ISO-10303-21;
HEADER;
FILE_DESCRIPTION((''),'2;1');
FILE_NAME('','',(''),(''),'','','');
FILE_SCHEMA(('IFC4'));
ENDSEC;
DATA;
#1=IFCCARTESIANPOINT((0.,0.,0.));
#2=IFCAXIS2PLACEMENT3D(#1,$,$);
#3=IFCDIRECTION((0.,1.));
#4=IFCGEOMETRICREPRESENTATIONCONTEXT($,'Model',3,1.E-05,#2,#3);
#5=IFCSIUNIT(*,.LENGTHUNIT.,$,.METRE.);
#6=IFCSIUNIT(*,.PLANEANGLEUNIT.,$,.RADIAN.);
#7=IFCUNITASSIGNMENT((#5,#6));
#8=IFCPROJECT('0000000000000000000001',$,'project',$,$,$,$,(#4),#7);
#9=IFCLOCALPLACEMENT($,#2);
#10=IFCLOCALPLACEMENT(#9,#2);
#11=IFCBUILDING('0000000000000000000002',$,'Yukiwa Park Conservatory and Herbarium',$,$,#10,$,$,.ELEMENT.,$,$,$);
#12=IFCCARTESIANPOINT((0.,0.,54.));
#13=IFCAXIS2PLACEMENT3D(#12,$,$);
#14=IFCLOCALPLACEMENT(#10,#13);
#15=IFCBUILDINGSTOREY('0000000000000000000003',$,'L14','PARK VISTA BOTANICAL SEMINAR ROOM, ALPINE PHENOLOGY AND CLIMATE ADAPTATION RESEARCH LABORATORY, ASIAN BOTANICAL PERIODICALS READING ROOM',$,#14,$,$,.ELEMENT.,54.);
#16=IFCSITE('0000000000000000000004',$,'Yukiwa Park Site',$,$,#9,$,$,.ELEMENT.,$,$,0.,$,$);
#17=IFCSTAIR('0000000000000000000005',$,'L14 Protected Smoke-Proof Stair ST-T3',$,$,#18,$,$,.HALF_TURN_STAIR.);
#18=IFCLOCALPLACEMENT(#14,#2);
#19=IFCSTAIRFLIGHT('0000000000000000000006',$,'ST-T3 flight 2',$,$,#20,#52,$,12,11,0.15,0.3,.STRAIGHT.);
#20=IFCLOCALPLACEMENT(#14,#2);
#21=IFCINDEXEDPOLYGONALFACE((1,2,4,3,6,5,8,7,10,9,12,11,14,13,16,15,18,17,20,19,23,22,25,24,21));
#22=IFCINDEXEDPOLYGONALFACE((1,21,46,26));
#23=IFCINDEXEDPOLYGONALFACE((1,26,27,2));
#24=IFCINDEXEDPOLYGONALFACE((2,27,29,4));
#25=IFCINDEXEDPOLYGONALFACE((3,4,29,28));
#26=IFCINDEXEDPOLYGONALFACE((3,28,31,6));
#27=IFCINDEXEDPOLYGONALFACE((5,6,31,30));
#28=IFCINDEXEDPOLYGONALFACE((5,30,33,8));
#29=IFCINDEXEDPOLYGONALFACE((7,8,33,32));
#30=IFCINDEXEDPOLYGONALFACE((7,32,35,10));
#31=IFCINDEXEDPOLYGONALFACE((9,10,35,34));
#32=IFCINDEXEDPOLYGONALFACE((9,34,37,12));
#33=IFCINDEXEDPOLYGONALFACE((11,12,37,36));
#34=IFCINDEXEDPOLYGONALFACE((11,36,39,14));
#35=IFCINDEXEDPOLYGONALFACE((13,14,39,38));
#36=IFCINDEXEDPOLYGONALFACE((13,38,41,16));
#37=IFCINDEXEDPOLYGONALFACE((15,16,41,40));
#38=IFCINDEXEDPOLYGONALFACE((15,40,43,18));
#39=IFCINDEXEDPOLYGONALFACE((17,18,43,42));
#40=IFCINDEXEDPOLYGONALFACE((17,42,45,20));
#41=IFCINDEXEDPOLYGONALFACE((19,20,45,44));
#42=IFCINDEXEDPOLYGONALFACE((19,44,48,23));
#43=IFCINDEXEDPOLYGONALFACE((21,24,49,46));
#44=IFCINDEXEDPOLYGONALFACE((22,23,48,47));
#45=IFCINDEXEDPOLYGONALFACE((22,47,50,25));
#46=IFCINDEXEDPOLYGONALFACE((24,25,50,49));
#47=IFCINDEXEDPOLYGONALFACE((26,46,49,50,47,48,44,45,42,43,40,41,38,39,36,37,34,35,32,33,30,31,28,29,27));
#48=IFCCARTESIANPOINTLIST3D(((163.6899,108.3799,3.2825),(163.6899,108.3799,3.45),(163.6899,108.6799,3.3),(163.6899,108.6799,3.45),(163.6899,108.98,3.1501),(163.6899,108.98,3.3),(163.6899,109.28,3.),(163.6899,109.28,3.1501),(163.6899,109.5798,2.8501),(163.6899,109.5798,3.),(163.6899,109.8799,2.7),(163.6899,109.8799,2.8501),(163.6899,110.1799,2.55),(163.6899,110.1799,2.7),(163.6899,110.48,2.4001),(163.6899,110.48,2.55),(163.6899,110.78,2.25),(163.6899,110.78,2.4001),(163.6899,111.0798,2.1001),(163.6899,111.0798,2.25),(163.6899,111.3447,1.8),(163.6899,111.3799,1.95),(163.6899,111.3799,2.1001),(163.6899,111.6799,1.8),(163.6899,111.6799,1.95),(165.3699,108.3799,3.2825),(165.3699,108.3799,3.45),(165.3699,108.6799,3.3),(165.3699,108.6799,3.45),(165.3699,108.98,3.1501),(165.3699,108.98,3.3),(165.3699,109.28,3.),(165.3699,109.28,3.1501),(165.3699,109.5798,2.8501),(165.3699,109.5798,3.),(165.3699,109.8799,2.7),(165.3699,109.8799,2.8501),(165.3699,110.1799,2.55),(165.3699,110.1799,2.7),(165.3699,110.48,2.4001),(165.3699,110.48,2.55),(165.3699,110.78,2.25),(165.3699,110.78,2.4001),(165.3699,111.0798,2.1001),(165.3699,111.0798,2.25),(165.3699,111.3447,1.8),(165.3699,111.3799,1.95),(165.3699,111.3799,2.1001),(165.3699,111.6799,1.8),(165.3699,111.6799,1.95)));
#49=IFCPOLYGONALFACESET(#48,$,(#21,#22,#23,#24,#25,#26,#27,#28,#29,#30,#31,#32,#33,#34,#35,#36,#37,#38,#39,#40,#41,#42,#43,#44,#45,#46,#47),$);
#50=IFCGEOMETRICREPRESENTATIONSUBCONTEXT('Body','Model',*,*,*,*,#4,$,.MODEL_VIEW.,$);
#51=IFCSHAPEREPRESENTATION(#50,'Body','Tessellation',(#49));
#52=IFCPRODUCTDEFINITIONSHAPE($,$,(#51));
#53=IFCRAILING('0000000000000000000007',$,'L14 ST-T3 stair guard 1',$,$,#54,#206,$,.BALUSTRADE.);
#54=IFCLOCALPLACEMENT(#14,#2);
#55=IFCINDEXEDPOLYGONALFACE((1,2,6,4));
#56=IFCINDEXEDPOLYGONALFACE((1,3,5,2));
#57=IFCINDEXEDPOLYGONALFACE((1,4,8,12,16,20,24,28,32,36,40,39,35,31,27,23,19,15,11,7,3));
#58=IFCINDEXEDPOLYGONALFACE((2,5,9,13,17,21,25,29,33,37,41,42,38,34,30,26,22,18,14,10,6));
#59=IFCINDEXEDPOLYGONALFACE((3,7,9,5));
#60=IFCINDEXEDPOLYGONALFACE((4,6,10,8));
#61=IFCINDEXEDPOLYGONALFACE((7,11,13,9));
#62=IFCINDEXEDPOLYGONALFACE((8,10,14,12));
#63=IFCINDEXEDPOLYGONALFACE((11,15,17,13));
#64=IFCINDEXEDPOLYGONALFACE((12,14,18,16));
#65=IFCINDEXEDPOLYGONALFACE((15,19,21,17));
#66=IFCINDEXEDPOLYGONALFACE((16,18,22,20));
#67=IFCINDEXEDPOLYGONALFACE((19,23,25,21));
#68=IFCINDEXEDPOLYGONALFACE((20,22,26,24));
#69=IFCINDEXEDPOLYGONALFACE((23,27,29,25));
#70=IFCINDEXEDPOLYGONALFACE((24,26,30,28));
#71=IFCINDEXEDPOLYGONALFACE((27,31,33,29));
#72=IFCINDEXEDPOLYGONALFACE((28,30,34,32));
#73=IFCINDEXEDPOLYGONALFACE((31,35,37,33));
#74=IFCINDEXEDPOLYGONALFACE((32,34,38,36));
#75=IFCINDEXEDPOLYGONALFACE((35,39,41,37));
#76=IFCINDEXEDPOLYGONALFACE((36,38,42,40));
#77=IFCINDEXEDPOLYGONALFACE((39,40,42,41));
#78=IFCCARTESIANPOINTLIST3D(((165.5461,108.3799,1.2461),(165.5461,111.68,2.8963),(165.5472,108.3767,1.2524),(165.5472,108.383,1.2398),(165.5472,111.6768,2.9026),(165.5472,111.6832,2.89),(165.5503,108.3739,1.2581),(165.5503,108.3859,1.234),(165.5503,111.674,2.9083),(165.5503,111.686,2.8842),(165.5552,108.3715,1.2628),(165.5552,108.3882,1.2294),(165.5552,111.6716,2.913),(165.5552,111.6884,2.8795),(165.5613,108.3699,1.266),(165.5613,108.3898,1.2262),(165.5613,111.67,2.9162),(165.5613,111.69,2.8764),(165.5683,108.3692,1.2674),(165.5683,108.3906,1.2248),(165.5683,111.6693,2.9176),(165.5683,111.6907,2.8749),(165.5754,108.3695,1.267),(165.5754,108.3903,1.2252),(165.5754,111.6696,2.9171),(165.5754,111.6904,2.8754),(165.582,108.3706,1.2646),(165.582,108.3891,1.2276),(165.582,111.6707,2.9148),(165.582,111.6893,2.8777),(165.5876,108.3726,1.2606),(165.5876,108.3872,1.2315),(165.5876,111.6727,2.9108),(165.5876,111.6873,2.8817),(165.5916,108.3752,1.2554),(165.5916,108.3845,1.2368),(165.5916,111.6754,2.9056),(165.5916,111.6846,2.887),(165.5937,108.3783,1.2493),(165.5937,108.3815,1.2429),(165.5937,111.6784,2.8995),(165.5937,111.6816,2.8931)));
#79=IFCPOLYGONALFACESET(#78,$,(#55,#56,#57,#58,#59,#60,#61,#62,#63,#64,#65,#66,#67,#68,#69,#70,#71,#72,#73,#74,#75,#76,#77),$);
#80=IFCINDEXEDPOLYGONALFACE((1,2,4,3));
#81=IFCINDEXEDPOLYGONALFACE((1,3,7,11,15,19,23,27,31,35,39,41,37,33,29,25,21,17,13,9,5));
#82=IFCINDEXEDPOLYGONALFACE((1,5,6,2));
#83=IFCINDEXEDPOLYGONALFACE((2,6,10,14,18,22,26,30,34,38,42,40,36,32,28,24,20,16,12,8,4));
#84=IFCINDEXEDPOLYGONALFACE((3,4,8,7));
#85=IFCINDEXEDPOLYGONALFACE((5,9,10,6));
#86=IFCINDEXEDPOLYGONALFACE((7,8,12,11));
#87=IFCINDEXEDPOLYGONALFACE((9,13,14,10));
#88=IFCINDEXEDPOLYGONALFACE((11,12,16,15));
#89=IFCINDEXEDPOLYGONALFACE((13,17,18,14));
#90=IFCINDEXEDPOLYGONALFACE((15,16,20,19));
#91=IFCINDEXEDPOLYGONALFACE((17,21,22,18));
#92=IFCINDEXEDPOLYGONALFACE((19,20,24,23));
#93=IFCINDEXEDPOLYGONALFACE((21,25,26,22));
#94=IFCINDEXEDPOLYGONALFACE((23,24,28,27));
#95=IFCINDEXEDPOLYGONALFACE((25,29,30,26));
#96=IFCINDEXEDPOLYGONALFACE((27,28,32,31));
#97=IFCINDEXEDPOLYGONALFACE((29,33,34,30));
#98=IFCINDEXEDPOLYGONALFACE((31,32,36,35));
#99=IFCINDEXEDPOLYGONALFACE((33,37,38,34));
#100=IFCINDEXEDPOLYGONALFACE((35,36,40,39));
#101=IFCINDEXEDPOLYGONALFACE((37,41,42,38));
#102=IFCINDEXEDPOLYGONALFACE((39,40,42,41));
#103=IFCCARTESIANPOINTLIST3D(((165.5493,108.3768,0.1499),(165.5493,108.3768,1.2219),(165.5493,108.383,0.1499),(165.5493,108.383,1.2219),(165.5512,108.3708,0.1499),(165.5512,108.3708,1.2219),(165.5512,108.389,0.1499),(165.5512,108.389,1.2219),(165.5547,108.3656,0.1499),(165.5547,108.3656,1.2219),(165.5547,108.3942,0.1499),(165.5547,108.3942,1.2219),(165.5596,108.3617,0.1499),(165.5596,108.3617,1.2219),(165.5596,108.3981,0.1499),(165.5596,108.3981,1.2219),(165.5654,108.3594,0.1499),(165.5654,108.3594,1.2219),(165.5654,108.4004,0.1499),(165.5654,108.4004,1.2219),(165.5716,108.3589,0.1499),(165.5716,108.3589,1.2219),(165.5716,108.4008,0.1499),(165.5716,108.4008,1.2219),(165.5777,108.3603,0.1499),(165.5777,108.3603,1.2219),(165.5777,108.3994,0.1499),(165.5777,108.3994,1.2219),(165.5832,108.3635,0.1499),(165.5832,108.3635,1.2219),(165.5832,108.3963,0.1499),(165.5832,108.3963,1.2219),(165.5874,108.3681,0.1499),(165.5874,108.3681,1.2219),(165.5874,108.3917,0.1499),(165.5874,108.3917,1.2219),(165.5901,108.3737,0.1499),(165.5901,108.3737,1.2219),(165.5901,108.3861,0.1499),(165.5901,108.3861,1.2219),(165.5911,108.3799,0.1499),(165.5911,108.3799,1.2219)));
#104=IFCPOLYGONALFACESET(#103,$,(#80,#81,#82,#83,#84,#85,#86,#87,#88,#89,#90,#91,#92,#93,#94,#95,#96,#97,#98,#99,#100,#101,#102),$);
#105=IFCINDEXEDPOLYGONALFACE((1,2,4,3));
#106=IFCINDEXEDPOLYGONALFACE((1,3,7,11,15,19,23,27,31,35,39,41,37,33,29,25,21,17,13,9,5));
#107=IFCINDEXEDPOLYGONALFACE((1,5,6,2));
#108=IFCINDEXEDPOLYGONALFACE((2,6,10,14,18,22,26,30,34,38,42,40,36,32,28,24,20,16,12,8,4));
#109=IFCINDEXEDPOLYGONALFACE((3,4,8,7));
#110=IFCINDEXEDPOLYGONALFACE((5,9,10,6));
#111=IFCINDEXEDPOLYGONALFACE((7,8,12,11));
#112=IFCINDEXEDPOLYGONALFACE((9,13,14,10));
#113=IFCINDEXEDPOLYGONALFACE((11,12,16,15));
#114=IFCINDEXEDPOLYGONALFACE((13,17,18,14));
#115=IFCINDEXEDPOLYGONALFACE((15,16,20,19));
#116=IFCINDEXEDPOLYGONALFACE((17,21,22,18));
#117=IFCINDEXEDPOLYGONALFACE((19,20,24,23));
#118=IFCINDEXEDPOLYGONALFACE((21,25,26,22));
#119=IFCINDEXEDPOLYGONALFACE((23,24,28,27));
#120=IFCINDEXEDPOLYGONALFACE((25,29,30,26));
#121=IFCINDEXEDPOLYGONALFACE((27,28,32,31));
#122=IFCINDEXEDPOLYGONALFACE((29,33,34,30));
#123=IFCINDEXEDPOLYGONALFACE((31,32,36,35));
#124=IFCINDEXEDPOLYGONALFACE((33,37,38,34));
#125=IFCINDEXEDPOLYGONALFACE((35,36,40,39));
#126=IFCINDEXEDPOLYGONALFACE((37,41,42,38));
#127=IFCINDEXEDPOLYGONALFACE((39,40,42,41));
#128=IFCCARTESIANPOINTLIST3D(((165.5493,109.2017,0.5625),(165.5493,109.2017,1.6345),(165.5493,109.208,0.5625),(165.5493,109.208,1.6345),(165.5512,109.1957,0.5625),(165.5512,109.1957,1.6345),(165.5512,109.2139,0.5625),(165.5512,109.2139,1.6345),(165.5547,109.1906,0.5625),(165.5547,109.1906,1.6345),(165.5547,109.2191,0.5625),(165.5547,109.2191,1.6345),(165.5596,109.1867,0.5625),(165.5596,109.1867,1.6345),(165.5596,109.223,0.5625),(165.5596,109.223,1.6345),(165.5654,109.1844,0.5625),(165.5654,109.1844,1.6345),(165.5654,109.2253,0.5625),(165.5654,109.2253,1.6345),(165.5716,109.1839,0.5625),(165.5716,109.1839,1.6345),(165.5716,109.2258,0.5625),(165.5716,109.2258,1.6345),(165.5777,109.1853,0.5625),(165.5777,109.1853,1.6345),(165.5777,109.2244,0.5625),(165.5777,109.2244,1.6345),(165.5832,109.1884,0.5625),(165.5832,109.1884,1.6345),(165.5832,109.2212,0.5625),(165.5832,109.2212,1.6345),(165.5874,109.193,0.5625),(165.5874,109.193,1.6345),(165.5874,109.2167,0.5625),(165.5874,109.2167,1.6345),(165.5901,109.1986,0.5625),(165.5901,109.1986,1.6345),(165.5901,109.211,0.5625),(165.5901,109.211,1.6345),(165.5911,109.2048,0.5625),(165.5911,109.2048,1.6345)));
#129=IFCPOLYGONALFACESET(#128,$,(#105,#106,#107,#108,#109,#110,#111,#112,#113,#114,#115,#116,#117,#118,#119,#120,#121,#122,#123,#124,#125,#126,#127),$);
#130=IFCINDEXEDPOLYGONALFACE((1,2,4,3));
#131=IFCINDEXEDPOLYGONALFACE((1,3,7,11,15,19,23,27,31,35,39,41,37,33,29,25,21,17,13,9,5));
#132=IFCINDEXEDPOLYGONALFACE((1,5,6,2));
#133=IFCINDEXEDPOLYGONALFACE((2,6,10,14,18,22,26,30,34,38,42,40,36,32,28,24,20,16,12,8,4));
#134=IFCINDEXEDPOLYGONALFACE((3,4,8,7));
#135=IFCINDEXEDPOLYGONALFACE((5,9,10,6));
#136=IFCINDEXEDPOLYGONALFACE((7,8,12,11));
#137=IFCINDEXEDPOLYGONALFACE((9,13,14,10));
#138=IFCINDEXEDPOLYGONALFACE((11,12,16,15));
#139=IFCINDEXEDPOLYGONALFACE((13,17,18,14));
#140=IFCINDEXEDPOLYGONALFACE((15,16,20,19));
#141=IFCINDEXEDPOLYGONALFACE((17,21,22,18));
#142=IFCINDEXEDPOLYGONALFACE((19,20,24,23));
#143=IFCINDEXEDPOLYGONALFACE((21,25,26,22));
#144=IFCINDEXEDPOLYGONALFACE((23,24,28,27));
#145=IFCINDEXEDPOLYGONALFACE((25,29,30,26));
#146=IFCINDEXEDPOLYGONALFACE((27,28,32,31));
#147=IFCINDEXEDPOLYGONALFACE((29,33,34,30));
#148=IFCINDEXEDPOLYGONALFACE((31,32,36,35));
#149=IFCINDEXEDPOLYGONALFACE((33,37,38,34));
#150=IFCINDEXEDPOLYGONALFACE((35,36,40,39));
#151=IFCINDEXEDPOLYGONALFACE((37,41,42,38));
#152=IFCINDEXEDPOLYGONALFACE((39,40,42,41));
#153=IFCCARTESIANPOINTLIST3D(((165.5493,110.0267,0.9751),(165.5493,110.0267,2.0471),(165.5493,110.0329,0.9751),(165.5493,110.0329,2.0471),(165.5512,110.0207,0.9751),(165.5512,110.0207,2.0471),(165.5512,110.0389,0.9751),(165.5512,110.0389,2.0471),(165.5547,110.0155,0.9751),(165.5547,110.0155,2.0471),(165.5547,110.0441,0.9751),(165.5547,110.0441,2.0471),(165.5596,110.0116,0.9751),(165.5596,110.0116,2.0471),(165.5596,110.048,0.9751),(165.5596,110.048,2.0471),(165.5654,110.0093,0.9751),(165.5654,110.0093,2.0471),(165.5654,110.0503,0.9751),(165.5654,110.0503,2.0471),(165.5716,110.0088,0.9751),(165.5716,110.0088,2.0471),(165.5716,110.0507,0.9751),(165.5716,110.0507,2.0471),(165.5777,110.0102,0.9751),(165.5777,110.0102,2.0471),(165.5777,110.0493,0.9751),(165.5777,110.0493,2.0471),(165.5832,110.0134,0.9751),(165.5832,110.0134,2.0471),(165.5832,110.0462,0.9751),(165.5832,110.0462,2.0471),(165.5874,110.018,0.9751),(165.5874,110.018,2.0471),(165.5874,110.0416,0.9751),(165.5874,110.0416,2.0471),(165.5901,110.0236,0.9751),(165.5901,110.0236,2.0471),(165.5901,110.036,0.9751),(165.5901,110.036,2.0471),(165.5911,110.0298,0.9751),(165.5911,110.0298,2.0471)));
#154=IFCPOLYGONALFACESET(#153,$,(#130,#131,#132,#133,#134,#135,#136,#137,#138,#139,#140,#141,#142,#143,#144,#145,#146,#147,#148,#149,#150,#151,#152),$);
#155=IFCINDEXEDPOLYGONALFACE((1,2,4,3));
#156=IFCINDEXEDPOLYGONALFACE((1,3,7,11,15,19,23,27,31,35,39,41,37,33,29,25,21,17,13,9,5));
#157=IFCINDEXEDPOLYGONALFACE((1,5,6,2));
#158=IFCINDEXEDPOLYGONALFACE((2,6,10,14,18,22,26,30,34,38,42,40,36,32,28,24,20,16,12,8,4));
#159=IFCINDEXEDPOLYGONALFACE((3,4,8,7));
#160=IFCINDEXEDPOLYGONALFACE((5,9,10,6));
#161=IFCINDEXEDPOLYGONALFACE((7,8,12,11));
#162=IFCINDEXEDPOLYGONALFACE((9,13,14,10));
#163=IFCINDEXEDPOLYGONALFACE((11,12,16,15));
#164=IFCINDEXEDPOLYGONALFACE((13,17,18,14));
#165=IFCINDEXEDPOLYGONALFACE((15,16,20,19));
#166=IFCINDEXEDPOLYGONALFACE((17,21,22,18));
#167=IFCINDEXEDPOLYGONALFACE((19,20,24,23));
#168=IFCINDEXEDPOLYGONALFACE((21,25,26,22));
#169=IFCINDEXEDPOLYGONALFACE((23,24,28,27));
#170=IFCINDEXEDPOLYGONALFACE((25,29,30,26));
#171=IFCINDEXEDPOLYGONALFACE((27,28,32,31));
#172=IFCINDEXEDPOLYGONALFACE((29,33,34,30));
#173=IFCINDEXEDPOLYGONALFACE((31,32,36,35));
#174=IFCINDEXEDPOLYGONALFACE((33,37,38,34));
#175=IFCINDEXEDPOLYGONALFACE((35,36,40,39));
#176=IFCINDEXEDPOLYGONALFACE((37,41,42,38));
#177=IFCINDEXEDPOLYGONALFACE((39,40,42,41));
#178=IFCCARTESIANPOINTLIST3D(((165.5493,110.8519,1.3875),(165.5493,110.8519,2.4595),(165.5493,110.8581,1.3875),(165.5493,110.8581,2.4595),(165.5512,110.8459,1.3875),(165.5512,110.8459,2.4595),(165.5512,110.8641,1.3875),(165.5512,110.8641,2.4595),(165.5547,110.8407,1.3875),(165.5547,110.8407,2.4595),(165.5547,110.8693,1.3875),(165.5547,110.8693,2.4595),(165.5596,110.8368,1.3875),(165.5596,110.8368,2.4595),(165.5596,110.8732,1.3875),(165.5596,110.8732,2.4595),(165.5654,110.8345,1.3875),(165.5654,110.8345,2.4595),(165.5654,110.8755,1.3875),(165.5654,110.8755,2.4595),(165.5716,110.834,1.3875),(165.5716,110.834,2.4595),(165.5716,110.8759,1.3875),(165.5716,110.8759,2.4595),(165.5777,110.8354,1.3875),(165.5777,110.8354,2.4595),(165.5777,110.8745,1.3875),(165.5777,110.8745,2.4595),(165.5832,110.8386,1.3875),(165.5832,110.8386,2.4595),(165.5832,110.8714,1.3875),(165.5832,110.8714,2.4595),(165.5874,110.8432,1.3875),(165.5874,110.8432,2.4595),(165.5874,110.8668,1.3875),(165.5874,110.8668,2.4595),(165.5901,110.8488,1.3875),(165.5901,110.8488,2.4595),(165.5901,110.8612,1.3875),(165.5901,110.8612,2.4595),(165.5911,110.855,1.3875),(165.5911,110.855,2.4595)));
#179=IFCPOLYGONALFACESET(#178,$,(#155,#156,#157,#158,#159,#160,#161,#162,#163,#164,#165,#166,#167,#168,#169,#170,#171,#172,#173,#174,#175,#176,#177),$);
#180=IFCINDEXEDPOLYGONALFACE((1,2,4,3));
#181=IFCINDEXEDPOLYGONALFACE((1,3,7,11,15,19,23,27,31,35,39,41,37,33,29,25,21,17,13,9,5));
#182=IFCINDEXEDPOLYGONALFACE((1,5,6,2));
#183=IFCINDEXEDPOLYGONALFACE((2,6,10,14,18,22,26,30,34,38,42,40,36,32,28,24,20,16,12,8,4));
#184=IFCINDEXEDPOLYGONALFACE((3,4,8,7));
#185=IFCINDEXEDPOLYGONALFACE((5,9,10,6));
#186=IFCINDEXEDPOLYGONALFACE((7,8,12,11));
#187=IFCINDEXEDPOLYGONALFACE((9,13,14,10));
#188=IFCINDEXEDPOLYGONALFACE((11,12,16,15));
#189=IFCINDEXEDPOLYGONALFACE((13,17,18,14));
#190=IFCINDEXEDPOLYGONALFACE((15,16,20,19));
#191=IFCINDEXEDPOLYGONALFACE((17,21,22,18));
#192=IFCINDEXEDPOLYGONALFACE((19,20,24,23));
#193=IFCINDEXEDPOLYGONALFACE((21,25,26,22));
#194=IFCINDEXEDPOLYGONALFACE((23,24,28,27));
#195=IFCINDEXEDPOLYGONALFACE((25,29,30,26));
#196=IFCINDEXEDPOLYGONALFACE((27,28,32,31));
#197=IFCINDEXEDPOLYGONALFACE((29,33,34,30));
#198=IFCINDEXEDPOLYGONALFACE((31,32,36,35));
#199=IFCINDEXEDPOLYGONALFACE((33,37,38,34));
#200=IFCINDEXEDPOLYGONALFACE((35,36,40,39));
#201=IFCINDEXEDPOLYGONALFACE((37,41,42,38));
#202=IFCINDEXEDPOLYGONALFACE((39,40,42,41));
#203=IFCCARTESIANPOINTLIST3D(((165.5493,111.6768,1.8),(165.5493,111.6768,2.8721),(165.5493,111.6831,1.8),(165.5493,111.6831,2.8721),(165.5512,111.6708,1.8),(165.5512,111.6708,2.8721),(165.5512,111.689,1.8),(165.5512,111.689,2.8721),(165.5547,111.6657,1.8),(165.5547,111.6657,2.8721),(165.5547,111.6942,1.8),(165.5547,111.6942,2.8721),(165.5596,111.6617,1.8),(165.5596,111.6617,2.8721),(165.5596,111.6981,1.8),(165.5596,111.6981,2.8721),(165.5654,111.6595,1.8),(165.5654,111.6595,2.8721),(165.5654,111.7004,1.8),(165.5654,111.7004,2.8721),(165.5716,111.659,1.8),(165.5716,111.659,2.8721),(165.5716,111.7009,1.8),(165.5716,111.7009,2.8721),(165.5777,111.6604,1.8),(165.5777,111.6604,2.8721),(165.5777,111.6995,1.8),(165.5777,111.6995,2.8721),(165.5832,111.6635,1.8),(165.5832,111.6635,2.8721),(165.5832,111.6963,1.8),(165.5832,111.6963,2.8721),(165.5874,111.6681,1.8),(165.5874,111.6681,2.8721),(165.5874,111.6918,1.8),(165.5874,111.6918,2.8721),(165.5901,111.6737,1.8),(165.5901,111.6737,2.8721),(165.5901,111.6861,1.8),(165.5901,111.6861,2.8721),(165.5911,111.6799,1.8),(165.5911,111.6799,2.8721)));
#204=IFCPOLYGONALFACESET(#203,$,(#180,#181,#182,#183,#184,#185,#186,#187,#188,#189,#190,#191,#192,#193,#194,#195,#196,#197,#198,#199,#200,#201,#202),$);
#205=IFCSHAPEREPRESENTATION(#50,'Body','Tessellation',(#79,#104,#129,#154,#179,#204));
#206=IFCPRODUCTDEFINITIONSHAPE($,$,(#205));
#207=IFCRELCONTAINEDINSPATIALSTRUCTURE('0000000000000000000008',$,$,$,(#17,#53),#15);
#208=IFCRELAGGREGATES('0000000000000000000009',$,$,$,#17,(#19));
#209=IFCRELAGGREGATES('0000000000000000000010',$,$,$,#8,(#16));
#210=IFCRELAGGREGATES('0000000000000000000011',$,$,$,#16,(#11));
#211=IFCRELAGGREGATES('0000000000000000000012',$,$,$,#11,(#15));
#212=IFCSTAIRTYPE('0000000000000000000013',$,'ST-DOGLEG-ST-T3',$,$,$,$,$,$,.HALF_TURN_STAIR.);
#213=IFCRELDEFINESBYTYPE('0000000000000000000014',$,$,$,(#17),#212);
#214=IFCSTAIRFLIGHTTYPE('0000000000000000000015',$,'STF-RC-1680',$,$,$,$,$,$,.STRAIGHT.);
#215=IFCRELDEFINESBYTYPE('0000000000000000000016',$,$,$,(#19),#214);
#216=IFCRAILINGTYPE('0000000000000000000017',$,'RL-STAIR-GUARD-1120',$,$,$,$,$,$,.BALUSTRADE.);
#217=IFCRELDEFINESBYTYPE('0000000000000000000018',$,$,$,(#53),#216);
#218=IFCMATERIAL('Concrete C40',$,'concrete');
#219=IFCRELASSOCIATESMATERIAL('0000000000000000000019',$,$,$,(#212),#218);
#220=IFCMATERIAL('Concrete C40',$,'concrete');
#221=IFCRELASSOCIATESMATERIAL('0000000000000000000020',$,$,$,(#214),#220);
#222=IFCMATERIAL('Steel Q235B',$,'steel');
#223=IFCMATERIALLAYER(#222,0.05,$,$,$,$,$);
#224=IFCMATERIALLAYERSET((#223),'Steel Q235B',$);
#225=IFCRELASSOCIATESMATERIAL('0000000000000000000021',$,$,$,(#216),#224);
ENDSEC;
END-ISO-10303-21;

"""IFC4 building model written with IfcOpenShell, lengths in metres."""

from ifc_helpers import new_model, si_unit, direction, frame, origin, origin_2d, place, context, subcontext, project, spatial, polyline, circle, outline, extrude, material, layer, layer_set, type_object, element, aggregate, save


model = new_model("IFC4")

# Units and contexts
model_context = context("Model", 3, precision=1e-05, world=origin(), true_north=direction((0.0, 1.0)))
body_context = subcontext(model_context, "Body", "Model", "MODEL_VIEW")
ifc_project = project(units=[si_unit("LENGTHUNIT", "METRE"), si_unit("PLANEANGLEUNIT", "RADIAN")], contexts=[model_context])

# Site, building, storey
site_placement = place(None, origin())
site = spatial("IfcSite", under=ifc_project, at=site_placement, Name="Yukiwa Park Site", CompositionType="ELEMENT", RefElevation=0.0)
building_placement = place(site_placement, origin())
building = spatial("IfcBuilding", under=site, at=building_placement, Name="Yukiwa Park Conservatory and Herbarium", CompositionType="ELEMENT")
storey_placement = place(building_placement, frame((0.0, 0.0, 54.0)))
storey = spatial("IfcBuildingStorey", under=building, at=storey_placement, Name="L14", Description="PARK VISTA BOTANICAL SEMINAR ROOM, ALPINE PHENOLOGY AND CLIMATE ADAPTATION RESEARCH LABORATORY, ASIAN BOTANICAL PERIODICALS READING ROOM", CompositionType="ELEMENT", Elevation=54.0)

# Stair, stair flight
ifc_material_1 = material(Name="Concrete C40", Category="concrete")
stair_type = type_object("IfcStairType", Name="ST-DOGLEG-ST-T3", PredefinedType="HALF_TURN_STAIR", material=ifc_material_1)
stair_placement = place(storey_placement, origin())
stair = element("IfcStair", 1, at=stair_placement, inside=storey, type_object=stair_type, Name="L14 Protected Smoke-Proof Stair ST-T3", PredefinedType="HALF_TURN_STAIR")
ifc_material_2 = material(Name="Concrete C40", Category="concrete")
stair_flight_type = type_object("IfcStairFlightType", Name="STF-RC-1680", PredefinedType="STRAIGHT", material=ifc_material_2)
stair_flight_1_placement = place(storey_placement, frame((164.53, 111.6799, 1.8), z_axis=(0.0, 0.0, 1.0), x_axis=(0.0, -1.0, 0.0)))
stair_flight_1 = element("IfcStairFlight", 2, at=stair_flight_1_placement, type_object=stair_flight_type, Name="ST-T3 flight 2", NumberOfRisers=12, NumberOfTreads=11, PredefinedType="STRAIGHT", RiserHeight=0.15, TreadLength=0.3, context=body_context, shape_type="SweptSolid", body=[
    extrude(outline(polyline([(0.0, 0.0), (0.0, 0.1499), (0.3, 0.1499), (0.3, 0.3), (0.6001, 0.3), (0.6001, 0.45), (0.8999, 0.45), (0.8999, 0.6001), (1.2, 0.6001), (1.2, 0.75), (1.5, 0.75), (1.5, 0.8999), (1.8, 0.8999), (1.8, 1.05), (2.1001, 1.05), (2.1001, 1.2), (2.3999, 1.2), (2.3999, 1.3501), (2.7, 1.3501), (2.7, 1.5), (3.0, 1.5), (3.0, 1.6499), (3.3, 1.6499), (3.3, 1.8), (3.3, 1.4824), (0.3352, 0.0), (0.0, 0.0)])), frame((0.0, 0.8398, 0.0), z_axis=(0.0, -1.0, 0.0), x_axis=(1.0, 0.0, 0.0)), (0.0, 0.0, 1.0), 1.6799),
])
aggregate(stair, [stair_flight_1])

# Railing
ifc_material_3 = material(Name="Steel Q235B", Category="steel")
ifc_layer_1 = layer(ifc_material_3, 0.05)
ifc_layer_set_1 = layer_set([ifc_layer_1], Name="Steel Q235B")
railing_type_1 = type_object("IfcRailingType", Name="RL-STAIR-GUARD-1120", PredefinedType="BALUSTRADE", material=ifc_layer_set_1)
railing_1_placement = place(storey_placement, frame((165.5701, 108.3799, 0.1499)))
element("IfcRailing", 3, at=railing_1_placement, inside=storey, type_object=railing_type_1, Name="L14 ST-T3 stair guard 1", PredefinedType="BALUSTRADE", context=body_context, shape_type="SweptSolid", body=[
    extrude(circle(Radius=0.0239, at=origin_2d()), frame((0.0, 0.0, 1.0962), z_axis=(0.0, 0.894414, 0.44724), x_axis=(-1.0, 0.0, 0.0)), (0.0, 0.0, 1.0), 3.6897),
    extrude(circle(Radius=0.021, at=origin_2d()), origin(), (0.0, 0.0, 1.0), 1.072),
    extrude(circle(Radius=0.021, at=origin_2d()), frame((0.0, 0.825, 0.4126)), (0.0, 0.0, 1.0), 1.072),
    extrude(circle(Radius=0.021, at=origin_2d()), frame((0.0, 1.6499, 0.8252)), (0.0, 0.0, 1.0), 1.072),
    extrude(circle(Radius=0.021, at=origin_2d()), frame((0.0, 2.4751, 1.2375)), (0.0, 0.0, 1.0), 1.072),
    extrude(circle(Radius=0.021, at=origin_2d()), frame((0.0, 3.3, 1.6501)), (0.0, 0.0, 1.0), 1.072),
])

save(model, "model.ifc")
